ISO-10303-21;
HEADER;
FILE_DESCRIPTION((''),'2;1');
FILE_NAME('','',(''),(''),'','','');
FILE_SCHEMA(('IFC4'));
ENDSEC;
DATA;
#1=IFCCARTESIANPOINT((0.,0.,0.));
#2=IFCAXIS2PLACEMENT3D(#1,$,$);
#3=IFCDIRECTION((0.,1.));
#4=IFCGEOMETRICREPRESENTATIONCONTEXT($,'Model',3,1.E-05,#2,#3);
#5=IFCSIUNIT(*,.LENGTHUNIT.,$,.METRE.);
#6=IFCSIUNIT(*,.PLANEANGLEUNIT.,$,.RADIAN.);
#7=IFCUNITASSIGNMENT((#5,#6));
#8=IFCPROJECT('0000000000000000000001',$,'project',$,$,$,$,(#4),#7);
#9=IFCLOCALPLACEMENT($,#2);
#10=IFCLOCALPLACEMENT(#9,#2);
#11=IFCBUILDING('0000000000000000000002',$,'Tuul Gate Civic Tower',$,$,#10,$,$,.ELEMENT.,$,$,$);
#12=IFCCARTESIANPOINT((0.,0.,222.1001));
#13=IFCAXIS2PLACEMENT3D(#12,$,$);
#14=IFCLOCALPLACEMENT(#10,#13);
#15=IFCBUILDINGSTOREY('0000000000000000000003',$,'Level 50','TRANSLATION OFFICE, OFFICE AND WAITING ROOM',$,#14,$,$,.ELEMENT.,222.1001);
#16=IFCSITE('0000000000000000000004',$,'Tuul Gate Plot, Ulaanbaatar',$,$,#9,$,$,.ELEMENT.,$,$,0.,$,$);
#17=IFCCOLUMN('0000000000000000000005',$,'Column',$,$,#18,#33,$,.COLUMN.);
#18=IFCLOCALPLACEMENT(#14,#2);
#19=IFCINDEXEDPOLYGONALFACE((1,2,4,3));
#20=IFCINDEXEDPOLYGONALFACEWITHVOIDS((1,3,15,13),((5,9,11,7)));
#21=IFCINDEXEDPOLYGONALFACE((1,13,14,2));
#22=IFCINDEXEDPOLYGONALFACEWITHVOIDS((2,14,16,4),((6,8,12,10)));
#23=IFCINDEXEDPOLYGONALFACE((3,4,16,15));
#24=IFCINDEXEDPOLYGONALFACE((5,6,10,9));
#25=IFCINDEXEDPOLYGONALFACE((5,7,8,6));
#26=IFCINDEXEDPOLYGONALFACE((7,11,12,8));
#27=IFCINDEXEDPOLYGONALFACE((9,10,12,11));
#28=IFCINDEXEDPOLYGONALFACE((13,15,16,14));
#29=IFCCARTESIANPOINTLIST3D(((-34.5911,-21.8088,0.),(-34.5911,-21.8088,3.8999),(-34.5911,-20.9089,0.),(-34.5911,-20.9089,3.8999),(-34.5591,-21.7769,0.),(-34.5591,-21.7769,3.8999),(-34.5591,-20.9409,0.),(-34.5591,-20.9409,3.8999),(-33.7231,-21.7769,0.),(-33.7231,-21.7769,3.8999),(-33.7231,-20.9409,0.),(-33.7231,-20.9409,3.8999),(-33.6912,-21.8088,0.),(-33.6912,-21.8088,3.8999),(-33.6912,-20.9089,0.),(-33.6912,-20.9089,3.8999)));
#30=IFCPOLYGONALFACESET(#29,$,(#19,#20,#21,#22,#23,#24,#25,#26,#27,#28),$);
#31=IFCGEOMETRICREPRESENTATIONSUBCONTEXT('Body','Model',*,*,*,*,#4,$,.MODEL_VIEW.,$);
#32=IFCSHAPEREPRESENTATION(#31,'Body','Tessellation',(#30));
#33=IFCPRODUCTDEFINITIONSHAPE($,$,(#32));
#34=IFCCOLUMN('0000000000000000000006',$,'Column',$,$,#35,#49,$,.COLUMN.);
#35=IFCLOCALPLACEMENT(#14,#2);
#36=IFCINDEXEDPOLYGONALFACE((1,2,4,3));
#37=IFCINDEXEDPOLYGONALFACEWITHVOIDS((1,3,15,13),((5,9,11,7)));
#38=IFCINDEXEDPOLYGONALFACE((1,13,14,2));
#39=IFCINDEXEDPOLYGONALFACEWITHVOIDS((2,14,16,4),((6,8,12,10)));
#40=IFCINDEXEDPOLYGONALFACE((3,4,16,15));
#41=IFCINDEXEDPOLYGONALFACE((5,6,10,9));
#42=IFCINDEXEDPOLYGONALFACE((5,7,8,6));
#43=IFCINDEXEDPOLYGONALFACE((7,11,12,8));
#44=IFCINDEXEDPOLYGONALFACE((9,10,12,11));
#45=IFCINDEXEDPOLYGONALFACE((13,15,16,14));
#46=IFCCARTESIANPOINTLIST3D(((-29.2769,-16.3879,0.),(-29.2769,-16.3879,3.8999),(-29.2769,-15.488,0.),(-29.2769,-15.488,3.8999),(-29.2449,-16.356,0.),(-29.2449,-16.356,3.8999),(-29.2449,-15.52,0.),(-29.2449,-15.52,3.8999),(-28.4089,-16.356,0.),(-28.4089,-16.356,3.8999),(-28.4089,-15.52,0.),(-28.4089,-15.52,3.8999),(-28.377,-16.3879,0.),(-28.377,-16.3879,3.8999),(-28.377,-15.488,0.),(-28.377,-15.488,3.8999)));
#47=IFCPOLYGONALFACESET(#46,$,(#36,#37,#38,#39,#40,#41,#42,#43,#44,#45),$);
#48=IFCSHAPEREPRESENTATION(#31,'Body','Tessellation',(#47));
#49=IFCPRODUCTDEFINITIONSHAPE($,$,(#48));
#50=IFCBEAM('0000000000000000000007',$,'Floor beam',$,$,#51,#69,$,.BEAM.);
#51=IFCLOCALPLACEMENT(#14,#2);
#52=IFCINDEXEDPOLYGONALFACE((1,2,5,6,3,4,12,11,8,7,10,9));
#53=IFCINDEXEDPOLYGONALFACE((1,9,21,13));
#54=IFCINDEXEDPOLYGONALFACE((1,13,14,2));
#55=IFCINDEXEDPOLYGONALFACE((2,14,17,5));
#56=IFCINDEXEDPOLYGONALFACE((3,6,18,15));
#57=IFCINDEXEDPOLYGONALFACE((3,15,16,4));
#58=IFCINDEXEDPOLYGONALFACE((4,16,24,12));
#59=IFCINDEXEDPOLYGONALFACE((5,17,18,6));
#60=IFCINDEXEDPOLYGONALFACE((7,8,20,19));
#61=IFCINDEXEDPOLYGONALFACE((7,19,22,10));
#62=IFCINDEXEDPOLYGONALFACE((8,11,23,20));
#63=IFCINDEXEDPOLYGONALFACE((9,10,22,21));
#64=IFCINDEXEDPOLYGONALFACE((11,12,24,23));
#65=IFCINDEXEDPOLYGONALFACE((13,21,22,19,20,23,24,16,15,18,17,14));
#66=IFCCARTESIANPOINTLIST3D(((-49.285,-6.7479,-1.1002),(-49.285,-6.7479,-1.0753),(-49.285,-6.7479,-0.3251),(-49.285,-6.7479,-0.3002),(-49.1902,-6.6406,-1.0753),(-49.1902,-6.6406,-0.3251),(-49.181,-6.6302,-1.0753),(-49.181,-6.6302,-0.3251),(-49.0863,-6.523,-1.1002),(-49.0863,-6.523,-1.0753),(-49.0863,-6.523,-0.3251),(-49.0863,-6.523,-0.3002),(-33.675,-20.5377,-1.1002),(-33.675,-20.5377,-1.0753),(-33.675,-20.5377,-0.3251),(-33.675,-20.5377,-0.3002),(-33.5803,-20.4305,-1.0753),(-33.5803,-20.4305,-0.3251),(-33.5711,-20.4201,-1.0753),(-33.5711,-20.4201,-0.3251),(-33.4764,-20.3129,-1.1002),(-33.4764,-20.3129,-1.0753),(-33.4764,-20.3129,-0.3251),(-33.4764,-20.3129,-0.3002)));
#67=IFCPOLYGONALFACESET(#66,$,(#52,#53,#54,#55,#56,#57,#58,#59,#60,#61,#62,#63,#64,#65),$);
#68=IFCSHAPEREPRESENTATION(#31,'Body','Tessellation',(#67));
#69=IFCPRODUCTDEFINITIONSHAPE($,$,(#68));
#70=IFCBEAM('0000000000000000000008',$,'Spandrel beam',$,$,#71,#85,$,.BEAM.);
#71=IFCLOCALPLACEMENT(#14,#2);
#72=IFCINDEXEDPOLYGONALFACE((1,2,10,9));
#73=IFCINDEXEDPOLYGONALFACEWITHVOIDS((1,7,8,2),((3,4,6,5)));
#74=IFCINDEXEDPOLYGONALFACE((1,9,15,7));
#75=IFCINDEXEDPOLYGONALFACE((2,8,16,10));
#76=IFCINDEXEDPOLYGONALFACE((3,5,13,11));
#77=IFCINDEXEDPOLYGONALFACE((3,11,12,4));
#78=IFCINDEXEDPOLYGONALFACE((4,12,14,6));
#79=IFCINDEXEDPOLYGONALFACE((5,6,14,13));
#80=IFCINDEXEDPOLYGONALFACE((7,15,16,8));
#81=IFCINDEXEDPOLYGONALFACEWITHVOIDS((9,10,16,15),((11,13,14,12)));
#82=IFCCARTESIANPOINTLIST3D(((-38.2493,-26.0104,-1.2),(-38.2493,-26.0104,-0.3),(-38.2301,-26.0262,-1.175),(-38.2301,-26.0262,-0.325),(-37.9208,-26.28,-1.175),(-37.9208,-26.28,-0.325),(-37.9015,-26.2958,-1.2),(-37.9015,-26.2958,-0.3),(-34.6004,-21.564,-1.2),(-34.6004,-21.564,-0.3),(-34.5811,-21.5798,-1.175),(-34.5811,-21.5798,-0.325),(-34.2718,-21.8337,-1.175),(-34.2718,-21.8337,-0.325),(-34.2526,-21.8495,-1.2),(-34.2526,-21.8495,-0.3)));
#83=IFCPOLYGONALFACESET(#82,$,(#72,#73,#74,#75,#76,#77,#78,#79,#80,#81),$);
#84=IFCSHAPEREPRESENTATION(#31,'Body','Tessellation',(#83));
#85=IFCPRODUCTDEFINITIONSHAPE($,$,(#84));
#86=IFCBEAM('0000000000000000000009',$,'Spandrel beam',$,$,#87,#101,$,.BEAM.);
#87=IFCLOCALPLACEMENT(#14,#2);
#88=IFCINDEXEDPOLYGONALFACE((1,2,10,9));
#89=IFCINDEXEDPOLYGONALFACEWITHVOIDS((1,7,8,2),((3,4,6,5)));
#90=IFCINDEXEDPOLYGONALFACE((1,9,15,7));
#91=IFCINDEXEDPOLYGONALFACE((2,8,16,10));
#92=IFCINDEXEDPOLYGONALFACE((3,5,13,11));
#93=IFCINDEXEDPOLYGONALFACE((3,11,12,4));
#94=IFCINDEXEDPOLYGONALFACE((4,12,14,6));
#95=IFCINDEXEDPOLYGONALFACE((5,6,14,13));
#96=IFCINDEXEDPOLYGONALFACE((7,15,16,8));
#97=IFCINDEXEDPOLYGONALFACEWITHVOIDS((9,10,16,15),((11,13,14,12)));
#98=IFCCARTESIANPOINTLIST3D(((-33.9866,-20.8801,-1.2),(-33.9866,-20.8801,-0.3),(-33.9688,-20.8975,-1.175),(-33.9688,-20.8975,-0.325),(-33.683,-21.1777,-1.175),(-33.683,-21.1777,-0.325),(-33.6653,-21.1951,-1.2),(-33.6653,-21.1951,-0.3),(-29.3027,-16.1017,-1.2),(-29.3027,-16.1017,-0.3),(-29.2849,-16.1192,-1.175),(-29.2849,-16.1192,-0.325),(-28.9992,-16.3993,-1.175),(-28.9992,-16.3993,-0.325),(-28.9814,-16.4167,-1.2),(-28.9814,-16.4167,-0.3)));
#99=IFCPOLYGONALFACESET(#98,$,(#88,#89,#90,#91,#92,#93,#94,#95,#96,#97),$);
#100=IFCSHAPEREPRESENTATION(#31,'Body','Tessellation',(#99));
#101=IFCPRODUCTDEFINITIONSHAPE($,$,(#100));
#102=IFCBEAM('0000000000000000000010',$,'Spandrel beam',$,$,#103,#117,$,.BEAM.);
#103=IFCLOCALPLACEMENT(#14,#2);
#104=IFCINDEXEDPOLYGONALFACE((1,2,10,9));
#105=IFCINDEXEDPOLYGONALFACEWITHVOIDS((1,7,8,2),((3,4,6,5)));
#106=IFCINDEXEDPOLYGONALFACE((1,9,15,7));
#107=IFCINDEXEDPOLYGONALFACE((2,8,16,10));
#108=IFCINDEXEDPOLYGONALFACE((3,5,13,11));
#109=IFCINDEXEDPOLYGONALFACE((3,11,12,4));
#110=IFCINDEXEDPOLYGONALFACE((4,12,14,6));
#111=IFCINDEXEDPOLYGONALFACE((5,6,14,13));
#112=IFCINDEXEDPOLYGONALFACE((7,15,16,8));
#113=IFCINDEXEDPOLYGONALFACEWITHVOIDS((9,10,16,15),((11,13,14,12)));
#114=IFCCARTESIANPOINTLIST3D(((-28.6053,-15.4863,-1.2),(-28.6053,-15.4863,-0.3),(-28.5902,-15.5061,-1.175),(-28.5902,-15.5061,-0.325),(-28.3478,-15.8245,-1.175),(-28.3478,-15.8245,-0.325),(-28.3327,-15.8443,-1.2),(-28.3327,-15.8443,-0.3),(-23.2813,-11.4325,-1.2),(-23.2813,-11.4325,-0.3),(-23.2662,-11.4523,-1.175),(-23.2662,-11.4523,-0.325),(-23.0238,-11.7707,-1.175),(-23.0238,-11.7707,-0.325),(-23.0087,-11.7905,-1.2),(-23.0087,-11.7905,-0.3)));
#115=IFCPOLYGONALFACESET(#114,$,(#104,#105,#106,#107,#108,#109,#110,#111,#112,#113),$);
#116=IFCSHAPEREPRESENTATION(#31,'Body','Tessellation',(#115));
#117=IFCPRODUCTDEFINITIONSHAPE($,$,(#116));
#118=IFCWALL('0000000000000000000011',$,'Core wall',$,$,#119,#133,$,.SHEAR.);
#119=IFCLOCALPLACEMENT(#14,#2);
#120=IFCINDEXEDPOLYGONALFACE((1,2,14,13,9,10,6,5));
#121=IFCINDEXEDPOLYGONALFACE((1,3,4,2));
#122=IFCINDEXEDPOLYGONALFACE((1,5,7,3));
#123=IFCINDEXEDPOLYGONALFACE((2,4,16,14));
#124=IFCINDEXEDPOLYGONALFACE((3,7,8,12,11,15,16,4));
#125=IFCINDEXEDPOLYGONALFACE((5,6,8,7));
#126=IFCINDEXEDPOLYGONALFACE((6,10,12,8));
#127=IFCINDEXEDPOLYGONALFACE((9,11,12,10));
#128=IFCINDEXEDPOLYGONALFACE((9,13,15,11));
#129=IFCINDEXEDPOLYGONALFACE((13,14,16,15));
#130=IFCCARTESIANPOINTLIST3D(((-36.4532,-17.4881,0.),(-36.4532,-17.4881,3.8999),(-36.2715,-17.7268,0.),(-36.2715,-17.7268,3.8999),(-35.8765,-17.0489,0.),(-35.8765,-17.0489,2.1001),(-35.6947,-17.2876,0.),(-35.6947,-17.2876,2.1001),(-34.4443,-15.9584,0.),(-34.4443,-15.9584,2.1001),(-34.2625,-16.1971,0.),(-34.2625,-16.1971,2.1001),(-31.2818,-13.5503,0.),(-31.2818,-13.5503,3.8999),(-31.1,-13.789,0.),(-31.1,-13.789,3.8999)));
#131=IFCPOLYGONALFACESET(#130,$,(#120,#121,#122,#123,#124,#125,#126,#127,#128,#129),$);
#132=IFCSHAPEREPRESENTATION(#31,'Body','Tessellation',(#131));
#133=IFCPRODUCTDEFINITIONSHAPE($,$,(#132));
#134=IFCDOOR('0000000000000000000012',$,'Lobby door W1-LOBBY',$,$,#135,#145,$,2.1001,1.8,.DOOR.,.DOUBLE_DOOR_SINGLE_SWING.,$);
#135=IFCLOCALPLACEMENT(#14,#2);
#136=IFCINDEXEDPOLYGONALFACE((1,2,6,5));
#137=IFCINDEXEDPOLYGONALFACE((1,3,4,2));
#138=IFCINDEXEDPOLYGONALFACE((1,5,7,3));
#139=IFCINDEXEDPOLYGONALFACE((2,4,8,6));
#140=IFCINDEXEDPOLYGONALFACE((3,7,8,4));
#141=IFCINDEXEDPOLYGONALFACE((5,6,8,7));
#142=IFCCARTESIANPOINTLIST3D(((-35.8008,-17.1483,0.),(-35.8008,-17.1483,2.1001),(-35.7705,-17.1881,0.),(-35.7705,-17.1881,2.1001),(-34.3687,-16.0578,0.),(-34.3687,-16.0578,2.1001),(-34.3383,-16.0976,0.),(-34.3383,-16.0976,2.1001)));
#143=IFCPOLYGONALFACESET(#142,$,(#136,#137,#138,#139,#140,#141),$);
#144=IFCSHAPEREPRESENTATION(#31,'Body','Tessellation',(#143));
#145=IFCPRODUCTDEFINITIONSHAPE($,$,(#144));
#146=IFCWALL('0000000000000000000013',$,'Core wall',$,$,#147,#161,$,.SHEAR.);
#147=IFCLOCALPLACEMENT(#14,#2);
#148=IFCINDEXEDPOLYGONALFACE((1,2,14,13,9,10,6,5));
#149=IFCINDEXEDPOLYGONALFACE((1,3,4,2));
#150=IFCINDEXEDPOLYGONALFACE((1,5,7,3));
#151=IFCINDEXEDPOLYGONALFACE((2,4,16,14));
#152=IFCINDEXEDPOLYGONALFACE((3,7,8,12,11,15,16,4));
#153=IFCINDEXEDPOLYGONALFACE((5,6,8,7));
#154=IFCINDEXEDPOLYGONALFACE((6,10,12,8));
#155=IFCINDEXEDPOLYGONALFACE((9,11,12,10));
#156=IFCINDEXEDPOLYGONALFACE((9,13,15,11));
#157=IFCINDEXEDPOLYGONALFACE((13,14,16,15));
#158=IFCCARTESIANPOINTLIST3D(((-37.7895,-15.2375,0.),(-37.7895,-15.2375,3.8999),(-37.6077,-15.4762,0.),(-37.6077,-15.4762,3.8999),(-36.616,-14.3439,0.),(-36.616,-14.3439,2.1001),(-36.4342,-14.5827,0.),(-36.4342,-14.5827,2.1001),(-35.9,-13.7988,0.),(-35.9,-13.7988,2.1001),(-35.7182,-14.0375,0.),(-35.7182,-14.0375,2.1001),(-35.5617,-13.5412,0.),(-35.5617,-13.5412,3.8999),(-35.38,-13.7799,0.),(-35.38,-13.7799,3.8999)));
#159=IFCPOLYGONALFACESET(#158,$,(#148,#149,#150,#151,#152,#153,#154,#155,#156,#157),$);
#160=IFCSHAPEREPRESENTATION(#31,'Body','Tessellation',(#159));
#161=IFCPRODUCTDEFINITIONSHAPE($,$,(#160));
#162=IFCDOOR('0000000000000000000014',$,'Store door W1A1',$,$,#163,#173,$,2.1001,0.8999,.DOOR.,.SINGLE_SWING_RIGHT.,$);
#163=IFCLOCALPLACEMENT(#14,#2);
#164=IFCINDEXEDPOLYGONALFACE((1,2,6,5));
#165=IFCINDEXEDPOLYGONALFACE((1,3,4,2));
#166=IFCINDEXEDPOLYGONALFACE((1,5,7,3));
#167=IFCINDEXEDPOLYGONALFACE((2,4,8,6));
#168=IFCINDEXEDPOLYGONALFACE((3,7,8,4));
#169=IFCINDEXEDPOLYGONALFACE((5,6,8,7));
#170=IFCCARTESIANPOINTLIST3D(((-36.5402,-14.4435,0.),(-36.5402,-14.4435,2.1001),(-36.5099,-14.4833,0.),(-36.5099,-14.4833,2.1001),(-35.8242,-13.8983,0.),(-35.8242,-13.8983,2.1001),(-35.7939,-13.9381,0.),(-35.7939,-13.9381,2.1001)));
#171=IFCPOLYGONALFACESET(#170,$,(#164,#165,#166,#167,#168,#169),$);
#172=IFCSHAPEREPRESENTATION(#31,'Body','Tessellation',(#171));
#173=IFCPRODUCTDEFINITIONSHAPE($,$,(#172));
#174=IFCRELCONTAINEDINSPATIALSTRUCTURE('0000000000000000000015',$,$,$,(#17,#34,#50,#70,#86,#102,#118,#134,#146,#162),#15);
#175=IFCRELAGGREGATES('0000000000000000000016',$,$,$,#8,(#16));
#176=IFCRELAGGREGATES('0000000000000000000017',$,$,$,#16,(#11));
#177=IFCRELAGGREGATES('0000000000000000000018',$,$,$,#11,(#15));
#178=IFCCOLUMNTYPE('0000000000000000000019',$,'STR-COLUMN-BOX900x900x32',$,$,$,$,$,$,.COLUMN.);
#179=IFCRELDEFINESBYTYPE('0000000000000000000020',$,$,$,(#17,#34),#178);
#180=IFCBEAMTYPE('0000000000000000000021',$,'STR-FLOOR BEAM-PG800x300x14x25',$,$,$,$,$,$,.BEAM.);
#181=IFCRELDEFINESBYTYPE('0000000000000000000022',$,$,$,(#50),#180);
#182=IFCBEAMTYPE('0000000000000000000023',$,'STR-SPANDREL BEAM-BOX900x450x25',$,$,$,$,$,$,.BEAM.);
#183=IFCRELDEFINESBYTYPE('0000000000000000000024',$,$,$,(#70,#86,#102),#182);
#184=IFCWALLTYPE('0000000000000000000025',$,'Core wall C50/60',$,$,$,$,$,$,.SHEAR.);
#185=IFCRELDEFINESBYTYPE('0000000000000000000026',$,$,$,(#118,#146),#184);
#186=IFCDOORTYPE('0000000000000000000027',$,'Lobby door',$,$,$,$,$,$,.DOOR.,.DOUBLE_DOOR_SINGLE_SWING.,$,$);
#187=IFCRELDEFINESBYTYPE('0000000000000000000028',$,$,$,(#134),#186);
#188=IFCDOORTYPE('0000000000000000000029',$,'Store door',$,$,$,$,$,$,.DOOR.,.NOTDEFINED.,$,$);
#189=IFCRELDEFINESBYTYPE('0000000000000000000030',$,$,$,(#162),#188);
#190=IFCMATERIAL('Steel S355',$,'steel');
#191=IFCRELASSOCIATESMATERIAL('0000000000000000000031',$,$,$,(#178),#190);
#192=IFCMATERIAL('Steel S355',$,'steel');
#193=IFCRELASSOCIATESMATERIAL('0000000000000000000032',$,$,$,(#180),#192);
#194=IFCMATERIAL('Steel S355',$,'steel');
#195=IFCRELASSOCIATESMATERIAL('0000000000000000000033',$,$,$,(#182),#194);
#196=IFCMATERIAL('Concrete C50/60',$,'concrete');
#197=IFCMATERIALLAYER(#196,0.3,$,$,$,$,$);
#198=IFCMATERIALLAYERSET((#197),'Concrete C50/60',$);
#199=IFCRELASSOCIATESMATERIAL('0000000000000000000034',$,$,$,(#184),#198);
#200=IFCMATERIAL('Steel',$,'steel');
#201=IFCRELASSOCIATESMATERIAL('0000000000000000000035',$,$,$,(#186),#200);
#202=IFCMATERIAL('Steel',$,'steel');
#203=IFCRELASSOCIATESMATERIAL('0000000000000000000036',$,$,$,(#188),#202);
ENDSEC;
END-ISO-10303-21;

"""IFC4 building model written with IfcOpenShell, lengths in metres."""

from ifc_helpers import new_model, si_unit, direction, frame, frame_2d, origin, origin_2d, place, context, subcontext, project, spatial, rectangle, hollow_rectangle, i_section, extrude, material, layer, layer_set, material_profile, profile_set, type_object, element, fill, save


model = new_model("IFC4")

# Units and contexts
model_context = context("Model", 3, precision=1e-05, world=origin(), true_north=direction((0.0, 1.0)))
body_context = subcontext(model_context, "Body", "Model", "MODEL_VIEW")
ifc_project = project(units=[si_unit("LENGTHUNIT", "METRE"), si_unit("PLANEANGLEUNIT", "RADIAN")], contexts=[model_context])

# Site, building, storey
site_placement = place(None, origin())
site = spatial("IfcSite", under=ifc_project, at=site_placement, Name="Tuul Gate Plot, Ulaanbaatar", CompositionType="ELEMENT", RefElevation=0.0)
building_placement = place(site_placement, origin())
building = spatial("IfcBuilding", under=site, at=building_placement, Name="Tuul Gate Civic Tower", CompositionType="ELEMENT")
storey_placement = place(building_placement, frame((0.0, 0.0, 222.1001)))
storey = spatial("IfcBuildingStorey", under=building, at=storey_placement, Name="Level 50", Description="TRANSLATION OFFICE, OFFICE AND WAITING ROOM", CompositionType="ELEMENT", Elevation=222.1001)

# Columns
ifc_material_1 = material(Name="Steel S355", Category="steel")
ifc_material_profile_1 = material_profile(ifc_material_1, hollow_rectangle(XDim=0.8999, YDim=0.8999, WallThickness=0.032, at=origin_2d()), Name="BOX900x900x32")
ifc_profile_set_1 = profile_set([ifc_material_profile_1], Name="Steel S355")
column_type = type_object("IfcColumnType", Name="STR-COLUMN-BOX900x900x32", PredefinedType="COLUMN", material=ifc_profile_set_1)
for number, where, z_axis, x_axis, name in (
    (1, (-34.1411, -21.3589, 0.0), (0.0, 0.0, 1.0), (1.0, 0.0, 0.0), "Column"),
    (2, (-28.8269, -15.938, 0.0), (0.0, 0.0, 1.0), (1.0, 0.0, 0.0), "Column"),
):
    element("IfcColumn", number, at=place(storey_placement, frame(where, z_axis=z_axis, x_axis=x_axis)), inside=storey, type_object=column_type, Name=name, PredefinedType="COLUMN", context=body_context, shape_type="SweptSolid", body=[
        extrude(hollow_rectangle(XDim=0.8999, YDim=0.8999, WallThickness=0.032, at=origin_2d()), origin(), (0.0, 0.0, 1.0), 3.8999),
    ])

# Beams
ifc_material_2 = material(Name="Steel S355", Category="steel")
ifc_material_profile_2 = material_profile(ifc_material_2, i_section(OverallWidth=0.3, OverallDepth=0.8, WebThickness=0.0139, FlangeThickness=0.0249, at=origin_2d()), Name="PG800x300x14x25")
ifc_profile_set_2 = profile_set([ifc_material_profile_2], Name="Steel S355")
beam_type_1 = type_object("IfcBeamType", Name="STR-FLOOR BEAM-PG800x300x14x25", PredefinedType="BEAM", material=ifc_profile_set_2)
beam_1_placement = place(storey_placement, frame((-33.5757, -20.4253, -0.7002), z_axis=(-0.749447, 0.662064, 0.0), x_axis=(-0.662064, -0.749447, 0.0)))
element("IfcBeam", 3, at=beam_1_placement, inside=storey, type_object=beam_type_1, Name="Floor beam", PredefinedType="BEAM", context=body_context, shape_type="SweptSolid", body=[
    extrude(i_section(OverallWidth=0.3, OverallDepth=0.8, WebThickness=0.0139, FlangeThickness=0.0249, at=origin_2d()), origin(), (0.0, 0.0, 1.0), 20.8286),
])
ifc_material_3 = material(Name="Steel S355", Category="steel")
ifc_material_profile_3 = material_profile(ifc_material_3, hollow_rectangle(XDim=0.45, YDim=0.8999, WallThickness=0.0249, at=origin_2d()), Name="BOX900x450x25")
ifc_profile_set_3 = profile_set([ifc_material_profile_3], Name="Steel S355")
beam_type_2 = type_object("IfcBeamType", Name="STR-SPANDREL BEAM-BOX900x450x25", PredefinedType="BEAM", material=ifc_profile_set_3)
beam_2_placement = place(storey_placement, frame((-38.0754, -26.1531, -0.75), z_axis=(0.634388, 0.773015, 0.0), x_axis=(-0.773015, 0.634388, 0.0)))
element("IfcBeam", 4, at=beam_2_placement, inside=storey, type_object=beam_type_2, Name="Spandrel beam", PredefinedType="BEAM", context=body_context, shape_type="SweptSolid", body=[
    extrude(hollow_rectangle(XDim=0.45, YDim=0.8999, WallThickness=0.0249, at=origin_2d()), origin(), (0.0, 0.0, 1.0), 5.752),
])
beam_3_placement = place(storey_placement, frame((-33.8259, -21.0376, -0.75), z_axis=(0.700011, 0.714132, 0.0), x_axis=(-0.714132, 0.700011, 0.0)))
element("IfcBeam", 5, at=beam_3_placement, inside=storey, type_object=beam_type_2, Name="Spandrel beam", PredefinedType="BEAM", context=body_context, shape_type="SweptSolid", body=[
    extrude(hollow_rectangle(XDim=0.45, YDim=0.8999, WallThickness=0.0249, at=origin_2d()), origin(), (0.0, 0.0, 1.0), 6.6912),
])
beam_4_placement = place(storey_placement, frame((-28.469, -15.6653, -0.75), z_axis=(0.795623, 0.605793, 0.0), x_axis=(-0.605793, 0.795623, 0.0)))
element("IfcBeam", 6, at=beam_4_placement, inside=storey, type_object=beam_type_2, Name="Spandrel beam", PredefinedType="BEAM", context=body_context, shape_type="SweptSolid", body=[
    extrude(hollow_rectangle(XDim=0.45, YDim=0.8999, WallThickness=0.0249, at=origin_2d()), origin(), (0.0, 0.0, 1.0), 6.6917),
])

# Walls, openings, doors
ifc_material_4 = material(Name="Concrete C50/60", Category="concrete")
ifc_layer_1 = layer(ifc_material_4, 0.3)
ifc_layer_set_1 = layer_set([ifc_layer_1], Name="Concrete C50/60")
wall_type_1 = type_object("IfcWallType", Name="Core wall C50/60", PredefinedType="SHEAR", material=ifc_layer_set_1)
wall_1_placement = place(storey_placement, frame((-31.1909, -13.6697, 0.0), z_axis=(0.0, 0.0, 1.0), x_axis=(-0.795607, -0.605813, 0.0)))
wall_1 = element("IfcWall", 7, at=wall_1_placement, inside=storey, type_object=wall_type_1, Name="Core wall", PredefinedType="SHEAR", context=body_context, shape_type="SweptSolid", body=[
    extrude(rectangle(XDim=6.5, YDim=0.3, at=frame_2d((3.25, 0.0))), origin(), (0.0, 0.0, 1.0), 3.8999),
])
opening_1_placement = place(wall_1_placement, frame((3.9751, 0.0, 0.0)))
opening_1 = element("IfcOpeningElement", 8, at=opening_1_placement, cuts=wall_1, PredefinedType="OPENING", context=body_context, shape_type="SweptSolid", body=[
    extrude(rectangle(XDim=1.8, YDim=2.1001, at=frame_2d((0.8999, 1.05))), frame((0.0, 0.1602, 0.0), z_axis=(0.0, -1.0, 0.0), x_axis=(1.0, 0.0, 0.0)), (0.0, 0.0, 1.0), 0.3201),
])
ifc_material_5 = material(Name="Steel", Category="steel")
door_type_1 = type_object("IfcDoorType", Name="Lobby door", OperationType="DOUBLE_DOOR_SINGLE_SWING", PredefinedType="DOOR", material=ifc_material_5)
door_1_placement = place(opening_1_placement, origin())
door_1 = element("IfcDoor", 9, at=door_1_placement, inside=storey, type_object=door_type_1, Name="Lobby door W1-LOBBY", OperationType="DOUBLE_DOOR_SINGLE_SWING", OverallHeight=2.1001, OverallWidth=1.8, PredefinedType="DOOR", context=body_context, shape_type="SweptSolid", body=[
    extrude(rectangle(XDim=1.8, YDim=2.1001, at=frame_2d((0.8999, 1.05))), frame((0.0, 0.0249, 0.0), z_axis=(0.0, -1.0, 0.0), x_axis=(1.0, 0.0, 0.0)), (0.0, 0.0, 1.0), 0.05),
])
fill(opening_1, door_1)
wall_2_placement = place(storey_placement, frame((-35.4709, -13.6606, 0.0), z_axis=(0.0, 0.0, 1.0), x_axis=(-0.795616, -0.605802, 0.0)))
wall_2 = element("IfcWall", 10, at=wall_2_placement, inside=storey, type_object=wall_type_1, Name="Core wall", PredefinedType="SHEAR", context=body_context, shape_type="SweptSolid", body=[
    extrude(rectangle(XDim=2.8, YDim=0.3, at=frame_2d((1.3999, 0.0))), origin(), (0.0, 0.0, 1.0), 3.8999),
])
opening_2_placement = place(wall_2_placement, frame((0.425, 0.0, 0.0)))
opening_2 = element("IfcOpeningElement", 11, at=opening_2_placement, cuts=wall_2, PredefinedType="OPENING", context=body_context, shape_type="SweptSolid", body=[
    extrude(rectangle(XDim=0.8999, YDim=2.1001, at=frame_2d((0.45, 1.05))), frame((0.0, 0.1602, 0.0), z_axis=(0.0, -1.0, 0.0), x_axis=(1.0, 0.0, 0.0)), (0.0, 0.0, 1.0), 0.3201),
])
ifc_material_6 = material(Name="Steel", Category="steel")
door_type_2 = type_object("IfcDoorType", Name="Store door", OperationType="NOTDEFINED", PredefinedType="DOOR", material=ifc_material_6)
door_2_placement = place(opening_2_placement, frame((0.8999, 0.0, 0.0), z_axis=(0.0, 0.0, 1.0), x_axis=(-1.0, 0.0, 0.0)))
door_2 = element("IfcDoor", 12, at=door_2_placement, inside=storey, type_object=door_type_2, Name="Store door W1A1", OperationType="SINGLE_SWING_RIGHT", OverallHeight=2.1001, OverallWidth=0.8999, PredefinedType="DOOR", context=body_context, shape_type="SweptSolid", body=[
    extrude(rectangle(XDim=0.8999, YDim=2.1001, at=frame_2d((0.45, 1.05))), frame((0.0, 0.0249, 0.0), z_axis=(0.0, -1.0, 0.0), x_axis=(1.0, 0.0, 0.0)), (0.0, 0.0, 1.0), 0.05),
])
fill(opening_2, door_2)

save(model, "model.ifc")
